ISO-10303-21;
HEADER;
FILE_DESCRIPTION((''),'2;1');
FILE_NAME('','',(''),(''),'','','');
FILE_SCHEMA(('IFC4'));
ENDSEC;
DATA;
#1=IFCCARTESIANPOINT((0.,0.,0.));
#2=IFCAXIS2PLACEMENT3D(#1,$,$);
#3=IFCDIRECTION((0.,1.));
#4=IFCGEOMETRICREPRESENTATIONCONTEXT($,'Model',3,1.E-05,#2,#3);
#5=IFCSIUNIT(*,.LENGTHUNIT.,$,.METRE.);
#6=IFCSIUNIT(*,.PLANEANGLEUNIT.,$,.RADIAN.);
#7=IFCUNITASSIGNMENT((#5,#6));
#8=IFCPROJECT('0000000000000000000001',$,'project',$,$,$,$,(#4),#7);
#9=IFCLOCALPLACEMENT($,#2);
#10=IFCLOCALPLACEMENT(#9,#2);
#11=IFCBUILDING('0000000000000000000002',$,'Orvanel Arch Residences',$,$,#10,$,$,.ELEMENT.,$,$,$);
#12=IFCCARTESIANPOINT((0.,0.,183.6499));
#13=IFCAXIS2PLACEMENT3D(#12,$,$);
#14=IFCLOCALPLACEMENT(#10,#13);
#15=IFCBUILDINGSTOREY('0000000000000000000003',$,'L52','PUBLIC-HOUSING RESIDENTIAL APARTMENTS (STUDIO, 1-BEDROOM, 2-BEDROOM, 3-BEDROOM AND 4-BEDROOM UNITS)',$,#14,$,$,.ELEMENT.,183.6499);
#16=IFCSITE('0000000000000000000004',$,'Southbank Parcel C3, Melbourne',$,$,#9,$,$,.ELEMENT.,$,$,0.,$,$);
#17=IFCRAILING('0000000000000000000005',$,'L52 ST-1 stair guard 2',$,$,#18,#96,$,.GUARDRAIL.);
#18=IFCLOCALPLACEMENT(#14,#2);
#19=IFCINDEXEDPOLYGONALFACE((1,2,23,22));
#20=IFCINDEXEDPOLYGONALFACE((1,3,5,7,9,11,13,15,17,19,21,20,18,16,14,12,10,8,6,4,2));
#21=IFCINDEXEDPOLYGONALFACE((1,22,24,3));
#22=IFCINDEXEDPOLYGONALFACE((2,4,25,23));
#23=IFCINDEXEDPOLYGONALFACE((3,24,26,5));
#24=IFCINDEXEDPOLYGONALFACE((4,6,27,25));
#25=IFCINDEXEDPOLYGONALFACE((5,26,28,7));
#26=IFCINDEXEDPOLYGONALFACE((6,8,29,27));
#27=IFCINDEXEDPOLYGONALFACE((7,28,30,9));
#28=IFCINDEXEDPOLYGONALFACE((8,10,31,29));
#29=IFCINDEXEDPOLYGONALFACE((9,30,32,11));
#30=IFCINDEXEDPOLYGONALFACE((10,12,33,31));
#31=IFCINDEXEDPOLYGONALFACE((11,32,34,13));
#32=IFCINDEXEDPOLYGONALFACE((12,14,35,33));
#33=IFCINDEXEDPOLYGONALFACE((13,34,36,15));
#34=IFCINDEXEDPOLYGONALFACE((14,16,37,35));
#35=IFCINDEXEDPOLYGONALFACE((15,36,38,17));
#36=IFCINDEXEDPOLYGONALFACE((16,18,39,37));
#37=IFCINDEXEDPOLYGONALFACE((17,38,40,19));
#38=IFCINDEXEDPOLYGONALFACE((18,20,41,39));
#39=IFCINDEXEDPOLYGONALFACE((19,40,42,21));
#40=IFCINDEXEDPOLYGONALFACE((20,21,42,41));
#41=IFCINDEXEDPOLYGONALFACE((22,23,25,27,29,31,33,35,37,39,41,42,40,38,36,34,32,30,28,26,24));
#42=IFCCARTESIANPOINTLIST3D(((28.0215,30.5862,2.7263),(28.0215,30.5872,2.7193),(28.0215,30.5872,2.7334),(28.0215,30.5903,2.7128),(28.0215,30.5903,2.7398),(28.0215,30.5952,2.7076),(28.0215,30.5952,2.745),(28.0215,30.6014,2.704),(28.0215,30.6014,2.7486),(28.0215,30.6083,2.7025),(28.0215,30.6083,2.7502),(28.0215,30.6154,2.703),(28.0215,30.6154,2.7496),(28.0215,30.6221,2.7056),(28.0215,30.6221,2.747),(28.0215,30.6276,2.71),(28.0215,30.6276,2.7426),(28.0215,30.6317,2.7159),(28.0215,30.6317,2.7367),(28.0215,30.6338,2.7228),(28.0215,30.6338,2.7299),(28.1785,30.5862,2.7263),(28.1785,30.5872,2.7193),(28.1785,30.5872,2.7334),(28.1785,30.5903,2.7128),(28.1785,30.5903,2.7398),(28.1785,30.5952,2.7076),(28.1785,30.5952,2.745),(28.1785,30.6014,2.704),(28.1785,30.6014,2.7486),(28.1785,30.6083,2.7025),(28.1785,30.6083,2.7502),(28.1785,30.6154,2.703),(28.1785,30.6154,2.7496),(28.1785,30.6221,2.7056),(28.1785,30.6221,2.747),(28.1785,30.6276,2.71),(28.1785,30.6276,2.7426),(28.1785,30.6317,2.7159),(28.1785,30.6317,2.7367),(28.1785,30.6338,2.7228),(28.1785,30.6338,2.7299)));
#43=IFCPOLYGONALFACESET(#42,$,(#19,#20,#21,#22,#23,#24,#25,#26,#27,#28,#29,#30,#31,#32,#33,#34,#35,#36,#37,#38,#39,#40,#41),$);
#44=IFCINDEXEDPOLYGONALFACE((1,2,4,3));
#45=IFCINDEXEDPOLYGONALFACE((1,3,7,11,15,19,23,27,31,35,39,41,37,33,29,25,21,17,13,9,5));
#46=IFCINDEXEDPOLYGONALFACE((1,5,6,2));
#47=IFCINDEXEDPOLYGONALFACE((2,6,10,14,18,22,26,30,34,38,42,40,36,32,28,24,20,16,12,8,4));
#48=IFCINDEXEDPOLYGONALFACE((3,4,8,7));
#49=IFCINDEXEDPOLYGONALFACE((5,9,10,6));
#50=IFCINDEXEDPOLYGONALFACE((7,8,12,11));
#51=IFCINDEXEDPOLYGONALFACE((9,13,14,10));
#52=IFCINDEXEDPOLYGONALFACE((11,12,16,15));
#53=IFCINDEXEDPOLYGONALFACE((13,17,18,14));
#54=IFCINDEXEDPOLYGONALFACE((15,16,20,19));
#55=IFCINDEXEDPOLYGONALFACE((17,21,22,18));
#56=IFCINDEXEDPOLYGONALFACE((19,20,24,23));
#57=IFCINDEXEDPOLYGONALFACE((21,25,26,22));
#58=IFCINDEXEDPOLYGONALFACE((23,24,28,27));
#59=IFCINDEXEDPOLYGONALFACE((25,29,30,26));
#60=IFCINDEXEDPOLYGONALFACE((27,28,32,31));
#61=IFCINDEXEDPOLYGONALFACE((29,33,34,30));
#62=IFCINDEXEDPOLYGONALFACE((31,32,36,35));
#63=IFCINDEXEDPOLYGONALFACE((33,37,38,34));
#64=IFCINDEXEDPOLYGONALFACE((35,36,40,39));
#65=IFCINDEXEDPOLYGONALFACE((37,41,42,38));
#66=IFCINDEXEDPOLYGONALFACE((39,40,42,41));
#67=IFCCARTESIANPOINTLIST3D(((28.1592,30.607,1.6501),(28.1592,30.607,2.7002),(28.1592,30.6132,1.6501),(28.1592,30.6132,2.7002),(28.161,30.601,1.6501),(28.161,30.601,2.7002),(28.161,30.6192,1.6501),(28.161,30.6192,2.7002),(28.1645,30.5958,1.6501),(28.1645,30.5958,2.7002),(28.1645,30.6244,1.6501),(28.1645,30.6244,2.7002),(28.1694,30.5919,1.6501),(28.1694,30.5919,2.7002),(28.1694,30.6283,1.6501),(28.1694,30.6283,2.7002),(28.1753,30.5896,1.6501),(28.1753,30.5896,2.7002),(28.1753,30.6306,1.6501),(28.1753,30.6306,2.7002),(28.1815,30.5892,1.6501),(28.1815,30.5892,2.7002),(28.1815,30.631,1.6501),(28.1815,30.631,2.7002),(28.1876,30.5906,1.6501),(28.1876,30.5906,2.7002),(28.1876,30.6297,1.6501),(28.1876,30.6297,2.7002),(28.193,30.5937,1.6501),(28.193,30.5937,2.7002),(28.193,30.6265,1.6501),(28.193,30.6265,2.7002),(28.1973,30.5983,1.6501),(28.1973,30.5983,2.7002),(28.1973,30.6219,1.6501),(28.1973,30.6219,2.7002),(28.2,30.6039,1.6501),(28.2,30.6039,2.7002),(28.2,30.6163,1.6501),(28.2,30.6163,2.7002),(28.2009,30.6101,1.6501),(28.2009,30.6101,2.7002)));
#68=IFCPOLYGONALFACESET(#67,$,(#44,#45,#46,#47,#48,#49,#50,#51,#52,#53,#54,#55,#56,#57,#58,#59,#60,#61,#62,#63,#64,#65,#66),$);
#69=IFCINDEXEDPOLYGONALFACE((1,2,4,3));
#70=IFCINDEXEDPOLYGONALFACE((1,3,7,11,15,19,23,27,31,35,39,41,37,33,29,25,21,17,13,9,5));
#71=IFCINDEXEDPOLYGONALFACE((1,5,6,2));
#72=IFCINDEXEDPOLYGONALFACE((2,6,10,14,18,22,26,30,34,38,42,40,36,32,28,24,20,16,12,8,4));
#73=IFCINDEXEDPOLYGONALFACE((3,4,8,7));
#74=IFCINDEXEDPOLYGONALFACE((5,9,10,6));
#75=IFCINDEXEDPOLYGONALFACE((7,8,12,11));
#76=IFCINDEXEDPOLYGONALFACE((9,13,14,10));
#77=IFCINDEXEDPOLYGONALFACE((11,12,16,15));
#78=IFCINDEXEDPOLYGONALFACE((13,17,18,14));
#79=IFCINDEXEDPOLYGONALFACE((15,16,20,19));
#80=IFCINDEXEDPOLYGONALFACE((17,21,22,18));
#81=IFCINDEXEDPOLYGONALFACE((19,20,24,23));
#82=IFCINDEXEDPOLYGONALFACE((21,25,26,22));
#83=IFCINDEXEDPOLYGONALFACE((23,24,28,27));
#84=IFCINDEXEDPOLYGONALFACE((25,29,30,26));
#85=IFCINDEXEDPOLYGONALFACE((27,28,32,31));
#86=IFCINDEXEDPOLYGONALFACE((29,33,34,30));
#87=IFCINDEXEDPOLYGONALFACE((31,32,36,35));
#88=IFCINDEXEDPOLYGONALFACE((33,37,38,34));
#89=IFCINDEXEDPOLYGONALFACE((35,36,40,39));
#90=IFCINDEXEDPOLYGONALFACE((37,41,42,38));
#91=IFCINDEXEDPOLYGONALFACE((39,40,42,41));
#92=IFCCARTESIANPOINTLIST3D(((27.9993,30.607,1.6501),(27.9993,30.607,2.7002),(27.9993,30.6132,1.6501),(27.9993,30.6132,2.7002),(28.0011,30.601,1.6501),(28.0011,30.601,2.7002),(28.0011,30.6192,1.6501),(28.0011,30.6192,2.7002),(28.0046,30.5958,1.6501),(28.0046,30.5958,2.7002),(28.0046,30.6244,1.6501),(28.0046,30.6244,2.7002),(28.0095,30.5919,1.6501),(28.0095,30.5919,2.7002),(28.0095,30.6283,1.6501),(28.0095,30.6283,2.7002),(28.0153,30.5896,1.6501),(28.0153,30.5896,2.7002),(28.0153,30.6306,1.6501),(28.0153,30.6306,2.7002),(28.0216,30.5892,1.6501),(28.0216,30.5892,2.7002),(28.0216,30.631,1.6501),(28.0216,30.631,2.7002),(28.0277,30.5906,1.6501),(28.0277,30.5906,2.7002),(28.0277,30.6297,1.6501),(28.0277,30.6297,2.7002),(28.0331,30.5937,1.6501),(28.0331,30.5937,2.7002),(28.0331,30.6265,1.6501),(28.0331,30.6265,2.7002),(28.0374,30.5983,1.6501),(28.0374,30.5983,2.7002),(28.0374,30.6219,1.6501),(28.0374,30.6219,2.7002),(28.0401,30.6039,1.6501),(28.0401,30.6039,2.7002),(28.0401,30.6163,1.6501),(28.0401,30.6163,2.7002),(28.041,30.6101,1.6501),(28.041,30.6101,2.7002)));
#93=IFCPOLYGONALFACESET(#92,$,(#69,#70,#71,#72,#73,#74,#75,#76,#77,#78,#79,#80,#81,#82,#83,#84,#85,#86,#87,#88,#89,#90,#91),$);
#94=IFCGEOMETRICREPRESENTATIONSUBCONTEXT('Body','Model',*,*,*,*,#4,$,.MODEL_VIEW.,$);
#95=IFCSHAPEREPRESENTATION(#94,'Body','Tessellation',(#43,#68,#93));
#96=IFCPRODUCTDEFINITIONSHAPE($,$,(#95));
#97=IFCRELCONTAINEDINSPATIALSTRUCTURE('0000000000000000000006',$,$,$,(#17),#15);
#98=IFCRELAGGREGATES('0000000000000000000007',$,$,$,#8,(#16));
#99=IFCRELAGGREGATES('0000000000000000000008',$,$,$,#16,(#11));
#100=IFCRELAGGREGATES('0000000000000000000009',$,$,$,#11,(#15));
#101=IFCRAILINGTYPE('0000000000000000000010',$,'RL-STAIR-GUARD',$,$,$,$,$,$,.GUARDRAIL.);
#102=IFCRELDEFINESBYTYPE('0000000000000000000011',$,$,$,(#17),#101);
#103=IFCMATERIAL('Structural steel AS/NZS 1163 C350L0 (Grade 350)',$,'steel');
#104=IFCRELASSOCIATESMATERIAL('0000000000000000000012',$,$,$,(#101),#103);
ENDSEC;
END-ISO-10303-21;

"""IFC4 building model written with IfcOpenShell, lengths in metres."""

from ifc_helpers import new_model, si_unit, direction, frame, origin, origin_2d, place, context, subcontext, project, spatial, circle, extrude, material, type_object, element, save


model = new_model("IFC4")

# Units and contexts
model_context = context("Model", 3, precision=1e-05, world=origin(), true_north=direction((0.0, 1.0)))
body_context = subcontext(model_context, "Body", "Model", "MODEL_VIEW")
ifc_project = project(units=[si_unit("LENGTHUNIT", "METRE"), si_unit("PLANEANGLEUNIT", "RADIAN")], contexts=[model_context])

# Site, building, storey
site_placement = place(None, origin())
site = spatial("IfcSite", under=ifc_project, at=site_placement, Name="Southbank Parcel C3, Melbourne", CompositionType="ELEMENT", RefElevation=0.0)
building_placement = place(site_placement, origin())
building = spatial("IfcBuilding", under=site, at=building_placement, Name="Orvanel Arch Residences", CompositionType="ELEMENT")
storey_placement = place(building_placement, frame((0.0, 0.0, 183.6499)))
storey = spatial("IfcBuildingStorey", under=building, at=storey_placement, Name="L52", Description="PUBLIC-HOUSING RESIDENTIAL APARTMENTS (STUDIO, 1-BEDROOM, 2-BEDROOM, 3-BEDROOM AND 4-BEDROOM UNITS)", CompositionType="ELEMENT", Elevation=183.6499)

# Railing
ifc_material_1 = material(Name="Structural steel AS/NZS 1163 C350L0 (Grade 350)", Category="steel")
railing_type_1 = type_object("IfcRailingType", Name="RL-STAIR-GUARD", PredefinedType="GUARDRAIL", material=ifc_material_1)
railing_1_placement = place(storey_placement, frame((28.1799, 30.6101, 1.6501)))
element("IfcRailing", 1, at=railing_1_placement, inside=storey, type_object=railing_type_1, Name="L52 ST-1 stair guard 2", PredefinedType="GUARDRAIL", context=body_context, shape_type="SweptSolid", body=[
    extrude(circle(Radius=0.0239, at=origin_2d()), frame((-0.0015, 0.0, 1.0762), z_axis=(-1.0, 0.0, 0.0), x_axis=(0.0, -1.0, 0.0)), (0.0, 0.0, 1.0), 0.157),
    extrude(circle(Radius=0.021, at=origin_2d()), origin(), (0.0, 0.0, 1.0), 1.05),
    extrude(circle(Radius=0.021, at=origin_2d()), frame((-0.1599, 0.0, 0.0)), (0.0, 0.0, 1.0), 1.05),
])

save(model, "model.ifc")
